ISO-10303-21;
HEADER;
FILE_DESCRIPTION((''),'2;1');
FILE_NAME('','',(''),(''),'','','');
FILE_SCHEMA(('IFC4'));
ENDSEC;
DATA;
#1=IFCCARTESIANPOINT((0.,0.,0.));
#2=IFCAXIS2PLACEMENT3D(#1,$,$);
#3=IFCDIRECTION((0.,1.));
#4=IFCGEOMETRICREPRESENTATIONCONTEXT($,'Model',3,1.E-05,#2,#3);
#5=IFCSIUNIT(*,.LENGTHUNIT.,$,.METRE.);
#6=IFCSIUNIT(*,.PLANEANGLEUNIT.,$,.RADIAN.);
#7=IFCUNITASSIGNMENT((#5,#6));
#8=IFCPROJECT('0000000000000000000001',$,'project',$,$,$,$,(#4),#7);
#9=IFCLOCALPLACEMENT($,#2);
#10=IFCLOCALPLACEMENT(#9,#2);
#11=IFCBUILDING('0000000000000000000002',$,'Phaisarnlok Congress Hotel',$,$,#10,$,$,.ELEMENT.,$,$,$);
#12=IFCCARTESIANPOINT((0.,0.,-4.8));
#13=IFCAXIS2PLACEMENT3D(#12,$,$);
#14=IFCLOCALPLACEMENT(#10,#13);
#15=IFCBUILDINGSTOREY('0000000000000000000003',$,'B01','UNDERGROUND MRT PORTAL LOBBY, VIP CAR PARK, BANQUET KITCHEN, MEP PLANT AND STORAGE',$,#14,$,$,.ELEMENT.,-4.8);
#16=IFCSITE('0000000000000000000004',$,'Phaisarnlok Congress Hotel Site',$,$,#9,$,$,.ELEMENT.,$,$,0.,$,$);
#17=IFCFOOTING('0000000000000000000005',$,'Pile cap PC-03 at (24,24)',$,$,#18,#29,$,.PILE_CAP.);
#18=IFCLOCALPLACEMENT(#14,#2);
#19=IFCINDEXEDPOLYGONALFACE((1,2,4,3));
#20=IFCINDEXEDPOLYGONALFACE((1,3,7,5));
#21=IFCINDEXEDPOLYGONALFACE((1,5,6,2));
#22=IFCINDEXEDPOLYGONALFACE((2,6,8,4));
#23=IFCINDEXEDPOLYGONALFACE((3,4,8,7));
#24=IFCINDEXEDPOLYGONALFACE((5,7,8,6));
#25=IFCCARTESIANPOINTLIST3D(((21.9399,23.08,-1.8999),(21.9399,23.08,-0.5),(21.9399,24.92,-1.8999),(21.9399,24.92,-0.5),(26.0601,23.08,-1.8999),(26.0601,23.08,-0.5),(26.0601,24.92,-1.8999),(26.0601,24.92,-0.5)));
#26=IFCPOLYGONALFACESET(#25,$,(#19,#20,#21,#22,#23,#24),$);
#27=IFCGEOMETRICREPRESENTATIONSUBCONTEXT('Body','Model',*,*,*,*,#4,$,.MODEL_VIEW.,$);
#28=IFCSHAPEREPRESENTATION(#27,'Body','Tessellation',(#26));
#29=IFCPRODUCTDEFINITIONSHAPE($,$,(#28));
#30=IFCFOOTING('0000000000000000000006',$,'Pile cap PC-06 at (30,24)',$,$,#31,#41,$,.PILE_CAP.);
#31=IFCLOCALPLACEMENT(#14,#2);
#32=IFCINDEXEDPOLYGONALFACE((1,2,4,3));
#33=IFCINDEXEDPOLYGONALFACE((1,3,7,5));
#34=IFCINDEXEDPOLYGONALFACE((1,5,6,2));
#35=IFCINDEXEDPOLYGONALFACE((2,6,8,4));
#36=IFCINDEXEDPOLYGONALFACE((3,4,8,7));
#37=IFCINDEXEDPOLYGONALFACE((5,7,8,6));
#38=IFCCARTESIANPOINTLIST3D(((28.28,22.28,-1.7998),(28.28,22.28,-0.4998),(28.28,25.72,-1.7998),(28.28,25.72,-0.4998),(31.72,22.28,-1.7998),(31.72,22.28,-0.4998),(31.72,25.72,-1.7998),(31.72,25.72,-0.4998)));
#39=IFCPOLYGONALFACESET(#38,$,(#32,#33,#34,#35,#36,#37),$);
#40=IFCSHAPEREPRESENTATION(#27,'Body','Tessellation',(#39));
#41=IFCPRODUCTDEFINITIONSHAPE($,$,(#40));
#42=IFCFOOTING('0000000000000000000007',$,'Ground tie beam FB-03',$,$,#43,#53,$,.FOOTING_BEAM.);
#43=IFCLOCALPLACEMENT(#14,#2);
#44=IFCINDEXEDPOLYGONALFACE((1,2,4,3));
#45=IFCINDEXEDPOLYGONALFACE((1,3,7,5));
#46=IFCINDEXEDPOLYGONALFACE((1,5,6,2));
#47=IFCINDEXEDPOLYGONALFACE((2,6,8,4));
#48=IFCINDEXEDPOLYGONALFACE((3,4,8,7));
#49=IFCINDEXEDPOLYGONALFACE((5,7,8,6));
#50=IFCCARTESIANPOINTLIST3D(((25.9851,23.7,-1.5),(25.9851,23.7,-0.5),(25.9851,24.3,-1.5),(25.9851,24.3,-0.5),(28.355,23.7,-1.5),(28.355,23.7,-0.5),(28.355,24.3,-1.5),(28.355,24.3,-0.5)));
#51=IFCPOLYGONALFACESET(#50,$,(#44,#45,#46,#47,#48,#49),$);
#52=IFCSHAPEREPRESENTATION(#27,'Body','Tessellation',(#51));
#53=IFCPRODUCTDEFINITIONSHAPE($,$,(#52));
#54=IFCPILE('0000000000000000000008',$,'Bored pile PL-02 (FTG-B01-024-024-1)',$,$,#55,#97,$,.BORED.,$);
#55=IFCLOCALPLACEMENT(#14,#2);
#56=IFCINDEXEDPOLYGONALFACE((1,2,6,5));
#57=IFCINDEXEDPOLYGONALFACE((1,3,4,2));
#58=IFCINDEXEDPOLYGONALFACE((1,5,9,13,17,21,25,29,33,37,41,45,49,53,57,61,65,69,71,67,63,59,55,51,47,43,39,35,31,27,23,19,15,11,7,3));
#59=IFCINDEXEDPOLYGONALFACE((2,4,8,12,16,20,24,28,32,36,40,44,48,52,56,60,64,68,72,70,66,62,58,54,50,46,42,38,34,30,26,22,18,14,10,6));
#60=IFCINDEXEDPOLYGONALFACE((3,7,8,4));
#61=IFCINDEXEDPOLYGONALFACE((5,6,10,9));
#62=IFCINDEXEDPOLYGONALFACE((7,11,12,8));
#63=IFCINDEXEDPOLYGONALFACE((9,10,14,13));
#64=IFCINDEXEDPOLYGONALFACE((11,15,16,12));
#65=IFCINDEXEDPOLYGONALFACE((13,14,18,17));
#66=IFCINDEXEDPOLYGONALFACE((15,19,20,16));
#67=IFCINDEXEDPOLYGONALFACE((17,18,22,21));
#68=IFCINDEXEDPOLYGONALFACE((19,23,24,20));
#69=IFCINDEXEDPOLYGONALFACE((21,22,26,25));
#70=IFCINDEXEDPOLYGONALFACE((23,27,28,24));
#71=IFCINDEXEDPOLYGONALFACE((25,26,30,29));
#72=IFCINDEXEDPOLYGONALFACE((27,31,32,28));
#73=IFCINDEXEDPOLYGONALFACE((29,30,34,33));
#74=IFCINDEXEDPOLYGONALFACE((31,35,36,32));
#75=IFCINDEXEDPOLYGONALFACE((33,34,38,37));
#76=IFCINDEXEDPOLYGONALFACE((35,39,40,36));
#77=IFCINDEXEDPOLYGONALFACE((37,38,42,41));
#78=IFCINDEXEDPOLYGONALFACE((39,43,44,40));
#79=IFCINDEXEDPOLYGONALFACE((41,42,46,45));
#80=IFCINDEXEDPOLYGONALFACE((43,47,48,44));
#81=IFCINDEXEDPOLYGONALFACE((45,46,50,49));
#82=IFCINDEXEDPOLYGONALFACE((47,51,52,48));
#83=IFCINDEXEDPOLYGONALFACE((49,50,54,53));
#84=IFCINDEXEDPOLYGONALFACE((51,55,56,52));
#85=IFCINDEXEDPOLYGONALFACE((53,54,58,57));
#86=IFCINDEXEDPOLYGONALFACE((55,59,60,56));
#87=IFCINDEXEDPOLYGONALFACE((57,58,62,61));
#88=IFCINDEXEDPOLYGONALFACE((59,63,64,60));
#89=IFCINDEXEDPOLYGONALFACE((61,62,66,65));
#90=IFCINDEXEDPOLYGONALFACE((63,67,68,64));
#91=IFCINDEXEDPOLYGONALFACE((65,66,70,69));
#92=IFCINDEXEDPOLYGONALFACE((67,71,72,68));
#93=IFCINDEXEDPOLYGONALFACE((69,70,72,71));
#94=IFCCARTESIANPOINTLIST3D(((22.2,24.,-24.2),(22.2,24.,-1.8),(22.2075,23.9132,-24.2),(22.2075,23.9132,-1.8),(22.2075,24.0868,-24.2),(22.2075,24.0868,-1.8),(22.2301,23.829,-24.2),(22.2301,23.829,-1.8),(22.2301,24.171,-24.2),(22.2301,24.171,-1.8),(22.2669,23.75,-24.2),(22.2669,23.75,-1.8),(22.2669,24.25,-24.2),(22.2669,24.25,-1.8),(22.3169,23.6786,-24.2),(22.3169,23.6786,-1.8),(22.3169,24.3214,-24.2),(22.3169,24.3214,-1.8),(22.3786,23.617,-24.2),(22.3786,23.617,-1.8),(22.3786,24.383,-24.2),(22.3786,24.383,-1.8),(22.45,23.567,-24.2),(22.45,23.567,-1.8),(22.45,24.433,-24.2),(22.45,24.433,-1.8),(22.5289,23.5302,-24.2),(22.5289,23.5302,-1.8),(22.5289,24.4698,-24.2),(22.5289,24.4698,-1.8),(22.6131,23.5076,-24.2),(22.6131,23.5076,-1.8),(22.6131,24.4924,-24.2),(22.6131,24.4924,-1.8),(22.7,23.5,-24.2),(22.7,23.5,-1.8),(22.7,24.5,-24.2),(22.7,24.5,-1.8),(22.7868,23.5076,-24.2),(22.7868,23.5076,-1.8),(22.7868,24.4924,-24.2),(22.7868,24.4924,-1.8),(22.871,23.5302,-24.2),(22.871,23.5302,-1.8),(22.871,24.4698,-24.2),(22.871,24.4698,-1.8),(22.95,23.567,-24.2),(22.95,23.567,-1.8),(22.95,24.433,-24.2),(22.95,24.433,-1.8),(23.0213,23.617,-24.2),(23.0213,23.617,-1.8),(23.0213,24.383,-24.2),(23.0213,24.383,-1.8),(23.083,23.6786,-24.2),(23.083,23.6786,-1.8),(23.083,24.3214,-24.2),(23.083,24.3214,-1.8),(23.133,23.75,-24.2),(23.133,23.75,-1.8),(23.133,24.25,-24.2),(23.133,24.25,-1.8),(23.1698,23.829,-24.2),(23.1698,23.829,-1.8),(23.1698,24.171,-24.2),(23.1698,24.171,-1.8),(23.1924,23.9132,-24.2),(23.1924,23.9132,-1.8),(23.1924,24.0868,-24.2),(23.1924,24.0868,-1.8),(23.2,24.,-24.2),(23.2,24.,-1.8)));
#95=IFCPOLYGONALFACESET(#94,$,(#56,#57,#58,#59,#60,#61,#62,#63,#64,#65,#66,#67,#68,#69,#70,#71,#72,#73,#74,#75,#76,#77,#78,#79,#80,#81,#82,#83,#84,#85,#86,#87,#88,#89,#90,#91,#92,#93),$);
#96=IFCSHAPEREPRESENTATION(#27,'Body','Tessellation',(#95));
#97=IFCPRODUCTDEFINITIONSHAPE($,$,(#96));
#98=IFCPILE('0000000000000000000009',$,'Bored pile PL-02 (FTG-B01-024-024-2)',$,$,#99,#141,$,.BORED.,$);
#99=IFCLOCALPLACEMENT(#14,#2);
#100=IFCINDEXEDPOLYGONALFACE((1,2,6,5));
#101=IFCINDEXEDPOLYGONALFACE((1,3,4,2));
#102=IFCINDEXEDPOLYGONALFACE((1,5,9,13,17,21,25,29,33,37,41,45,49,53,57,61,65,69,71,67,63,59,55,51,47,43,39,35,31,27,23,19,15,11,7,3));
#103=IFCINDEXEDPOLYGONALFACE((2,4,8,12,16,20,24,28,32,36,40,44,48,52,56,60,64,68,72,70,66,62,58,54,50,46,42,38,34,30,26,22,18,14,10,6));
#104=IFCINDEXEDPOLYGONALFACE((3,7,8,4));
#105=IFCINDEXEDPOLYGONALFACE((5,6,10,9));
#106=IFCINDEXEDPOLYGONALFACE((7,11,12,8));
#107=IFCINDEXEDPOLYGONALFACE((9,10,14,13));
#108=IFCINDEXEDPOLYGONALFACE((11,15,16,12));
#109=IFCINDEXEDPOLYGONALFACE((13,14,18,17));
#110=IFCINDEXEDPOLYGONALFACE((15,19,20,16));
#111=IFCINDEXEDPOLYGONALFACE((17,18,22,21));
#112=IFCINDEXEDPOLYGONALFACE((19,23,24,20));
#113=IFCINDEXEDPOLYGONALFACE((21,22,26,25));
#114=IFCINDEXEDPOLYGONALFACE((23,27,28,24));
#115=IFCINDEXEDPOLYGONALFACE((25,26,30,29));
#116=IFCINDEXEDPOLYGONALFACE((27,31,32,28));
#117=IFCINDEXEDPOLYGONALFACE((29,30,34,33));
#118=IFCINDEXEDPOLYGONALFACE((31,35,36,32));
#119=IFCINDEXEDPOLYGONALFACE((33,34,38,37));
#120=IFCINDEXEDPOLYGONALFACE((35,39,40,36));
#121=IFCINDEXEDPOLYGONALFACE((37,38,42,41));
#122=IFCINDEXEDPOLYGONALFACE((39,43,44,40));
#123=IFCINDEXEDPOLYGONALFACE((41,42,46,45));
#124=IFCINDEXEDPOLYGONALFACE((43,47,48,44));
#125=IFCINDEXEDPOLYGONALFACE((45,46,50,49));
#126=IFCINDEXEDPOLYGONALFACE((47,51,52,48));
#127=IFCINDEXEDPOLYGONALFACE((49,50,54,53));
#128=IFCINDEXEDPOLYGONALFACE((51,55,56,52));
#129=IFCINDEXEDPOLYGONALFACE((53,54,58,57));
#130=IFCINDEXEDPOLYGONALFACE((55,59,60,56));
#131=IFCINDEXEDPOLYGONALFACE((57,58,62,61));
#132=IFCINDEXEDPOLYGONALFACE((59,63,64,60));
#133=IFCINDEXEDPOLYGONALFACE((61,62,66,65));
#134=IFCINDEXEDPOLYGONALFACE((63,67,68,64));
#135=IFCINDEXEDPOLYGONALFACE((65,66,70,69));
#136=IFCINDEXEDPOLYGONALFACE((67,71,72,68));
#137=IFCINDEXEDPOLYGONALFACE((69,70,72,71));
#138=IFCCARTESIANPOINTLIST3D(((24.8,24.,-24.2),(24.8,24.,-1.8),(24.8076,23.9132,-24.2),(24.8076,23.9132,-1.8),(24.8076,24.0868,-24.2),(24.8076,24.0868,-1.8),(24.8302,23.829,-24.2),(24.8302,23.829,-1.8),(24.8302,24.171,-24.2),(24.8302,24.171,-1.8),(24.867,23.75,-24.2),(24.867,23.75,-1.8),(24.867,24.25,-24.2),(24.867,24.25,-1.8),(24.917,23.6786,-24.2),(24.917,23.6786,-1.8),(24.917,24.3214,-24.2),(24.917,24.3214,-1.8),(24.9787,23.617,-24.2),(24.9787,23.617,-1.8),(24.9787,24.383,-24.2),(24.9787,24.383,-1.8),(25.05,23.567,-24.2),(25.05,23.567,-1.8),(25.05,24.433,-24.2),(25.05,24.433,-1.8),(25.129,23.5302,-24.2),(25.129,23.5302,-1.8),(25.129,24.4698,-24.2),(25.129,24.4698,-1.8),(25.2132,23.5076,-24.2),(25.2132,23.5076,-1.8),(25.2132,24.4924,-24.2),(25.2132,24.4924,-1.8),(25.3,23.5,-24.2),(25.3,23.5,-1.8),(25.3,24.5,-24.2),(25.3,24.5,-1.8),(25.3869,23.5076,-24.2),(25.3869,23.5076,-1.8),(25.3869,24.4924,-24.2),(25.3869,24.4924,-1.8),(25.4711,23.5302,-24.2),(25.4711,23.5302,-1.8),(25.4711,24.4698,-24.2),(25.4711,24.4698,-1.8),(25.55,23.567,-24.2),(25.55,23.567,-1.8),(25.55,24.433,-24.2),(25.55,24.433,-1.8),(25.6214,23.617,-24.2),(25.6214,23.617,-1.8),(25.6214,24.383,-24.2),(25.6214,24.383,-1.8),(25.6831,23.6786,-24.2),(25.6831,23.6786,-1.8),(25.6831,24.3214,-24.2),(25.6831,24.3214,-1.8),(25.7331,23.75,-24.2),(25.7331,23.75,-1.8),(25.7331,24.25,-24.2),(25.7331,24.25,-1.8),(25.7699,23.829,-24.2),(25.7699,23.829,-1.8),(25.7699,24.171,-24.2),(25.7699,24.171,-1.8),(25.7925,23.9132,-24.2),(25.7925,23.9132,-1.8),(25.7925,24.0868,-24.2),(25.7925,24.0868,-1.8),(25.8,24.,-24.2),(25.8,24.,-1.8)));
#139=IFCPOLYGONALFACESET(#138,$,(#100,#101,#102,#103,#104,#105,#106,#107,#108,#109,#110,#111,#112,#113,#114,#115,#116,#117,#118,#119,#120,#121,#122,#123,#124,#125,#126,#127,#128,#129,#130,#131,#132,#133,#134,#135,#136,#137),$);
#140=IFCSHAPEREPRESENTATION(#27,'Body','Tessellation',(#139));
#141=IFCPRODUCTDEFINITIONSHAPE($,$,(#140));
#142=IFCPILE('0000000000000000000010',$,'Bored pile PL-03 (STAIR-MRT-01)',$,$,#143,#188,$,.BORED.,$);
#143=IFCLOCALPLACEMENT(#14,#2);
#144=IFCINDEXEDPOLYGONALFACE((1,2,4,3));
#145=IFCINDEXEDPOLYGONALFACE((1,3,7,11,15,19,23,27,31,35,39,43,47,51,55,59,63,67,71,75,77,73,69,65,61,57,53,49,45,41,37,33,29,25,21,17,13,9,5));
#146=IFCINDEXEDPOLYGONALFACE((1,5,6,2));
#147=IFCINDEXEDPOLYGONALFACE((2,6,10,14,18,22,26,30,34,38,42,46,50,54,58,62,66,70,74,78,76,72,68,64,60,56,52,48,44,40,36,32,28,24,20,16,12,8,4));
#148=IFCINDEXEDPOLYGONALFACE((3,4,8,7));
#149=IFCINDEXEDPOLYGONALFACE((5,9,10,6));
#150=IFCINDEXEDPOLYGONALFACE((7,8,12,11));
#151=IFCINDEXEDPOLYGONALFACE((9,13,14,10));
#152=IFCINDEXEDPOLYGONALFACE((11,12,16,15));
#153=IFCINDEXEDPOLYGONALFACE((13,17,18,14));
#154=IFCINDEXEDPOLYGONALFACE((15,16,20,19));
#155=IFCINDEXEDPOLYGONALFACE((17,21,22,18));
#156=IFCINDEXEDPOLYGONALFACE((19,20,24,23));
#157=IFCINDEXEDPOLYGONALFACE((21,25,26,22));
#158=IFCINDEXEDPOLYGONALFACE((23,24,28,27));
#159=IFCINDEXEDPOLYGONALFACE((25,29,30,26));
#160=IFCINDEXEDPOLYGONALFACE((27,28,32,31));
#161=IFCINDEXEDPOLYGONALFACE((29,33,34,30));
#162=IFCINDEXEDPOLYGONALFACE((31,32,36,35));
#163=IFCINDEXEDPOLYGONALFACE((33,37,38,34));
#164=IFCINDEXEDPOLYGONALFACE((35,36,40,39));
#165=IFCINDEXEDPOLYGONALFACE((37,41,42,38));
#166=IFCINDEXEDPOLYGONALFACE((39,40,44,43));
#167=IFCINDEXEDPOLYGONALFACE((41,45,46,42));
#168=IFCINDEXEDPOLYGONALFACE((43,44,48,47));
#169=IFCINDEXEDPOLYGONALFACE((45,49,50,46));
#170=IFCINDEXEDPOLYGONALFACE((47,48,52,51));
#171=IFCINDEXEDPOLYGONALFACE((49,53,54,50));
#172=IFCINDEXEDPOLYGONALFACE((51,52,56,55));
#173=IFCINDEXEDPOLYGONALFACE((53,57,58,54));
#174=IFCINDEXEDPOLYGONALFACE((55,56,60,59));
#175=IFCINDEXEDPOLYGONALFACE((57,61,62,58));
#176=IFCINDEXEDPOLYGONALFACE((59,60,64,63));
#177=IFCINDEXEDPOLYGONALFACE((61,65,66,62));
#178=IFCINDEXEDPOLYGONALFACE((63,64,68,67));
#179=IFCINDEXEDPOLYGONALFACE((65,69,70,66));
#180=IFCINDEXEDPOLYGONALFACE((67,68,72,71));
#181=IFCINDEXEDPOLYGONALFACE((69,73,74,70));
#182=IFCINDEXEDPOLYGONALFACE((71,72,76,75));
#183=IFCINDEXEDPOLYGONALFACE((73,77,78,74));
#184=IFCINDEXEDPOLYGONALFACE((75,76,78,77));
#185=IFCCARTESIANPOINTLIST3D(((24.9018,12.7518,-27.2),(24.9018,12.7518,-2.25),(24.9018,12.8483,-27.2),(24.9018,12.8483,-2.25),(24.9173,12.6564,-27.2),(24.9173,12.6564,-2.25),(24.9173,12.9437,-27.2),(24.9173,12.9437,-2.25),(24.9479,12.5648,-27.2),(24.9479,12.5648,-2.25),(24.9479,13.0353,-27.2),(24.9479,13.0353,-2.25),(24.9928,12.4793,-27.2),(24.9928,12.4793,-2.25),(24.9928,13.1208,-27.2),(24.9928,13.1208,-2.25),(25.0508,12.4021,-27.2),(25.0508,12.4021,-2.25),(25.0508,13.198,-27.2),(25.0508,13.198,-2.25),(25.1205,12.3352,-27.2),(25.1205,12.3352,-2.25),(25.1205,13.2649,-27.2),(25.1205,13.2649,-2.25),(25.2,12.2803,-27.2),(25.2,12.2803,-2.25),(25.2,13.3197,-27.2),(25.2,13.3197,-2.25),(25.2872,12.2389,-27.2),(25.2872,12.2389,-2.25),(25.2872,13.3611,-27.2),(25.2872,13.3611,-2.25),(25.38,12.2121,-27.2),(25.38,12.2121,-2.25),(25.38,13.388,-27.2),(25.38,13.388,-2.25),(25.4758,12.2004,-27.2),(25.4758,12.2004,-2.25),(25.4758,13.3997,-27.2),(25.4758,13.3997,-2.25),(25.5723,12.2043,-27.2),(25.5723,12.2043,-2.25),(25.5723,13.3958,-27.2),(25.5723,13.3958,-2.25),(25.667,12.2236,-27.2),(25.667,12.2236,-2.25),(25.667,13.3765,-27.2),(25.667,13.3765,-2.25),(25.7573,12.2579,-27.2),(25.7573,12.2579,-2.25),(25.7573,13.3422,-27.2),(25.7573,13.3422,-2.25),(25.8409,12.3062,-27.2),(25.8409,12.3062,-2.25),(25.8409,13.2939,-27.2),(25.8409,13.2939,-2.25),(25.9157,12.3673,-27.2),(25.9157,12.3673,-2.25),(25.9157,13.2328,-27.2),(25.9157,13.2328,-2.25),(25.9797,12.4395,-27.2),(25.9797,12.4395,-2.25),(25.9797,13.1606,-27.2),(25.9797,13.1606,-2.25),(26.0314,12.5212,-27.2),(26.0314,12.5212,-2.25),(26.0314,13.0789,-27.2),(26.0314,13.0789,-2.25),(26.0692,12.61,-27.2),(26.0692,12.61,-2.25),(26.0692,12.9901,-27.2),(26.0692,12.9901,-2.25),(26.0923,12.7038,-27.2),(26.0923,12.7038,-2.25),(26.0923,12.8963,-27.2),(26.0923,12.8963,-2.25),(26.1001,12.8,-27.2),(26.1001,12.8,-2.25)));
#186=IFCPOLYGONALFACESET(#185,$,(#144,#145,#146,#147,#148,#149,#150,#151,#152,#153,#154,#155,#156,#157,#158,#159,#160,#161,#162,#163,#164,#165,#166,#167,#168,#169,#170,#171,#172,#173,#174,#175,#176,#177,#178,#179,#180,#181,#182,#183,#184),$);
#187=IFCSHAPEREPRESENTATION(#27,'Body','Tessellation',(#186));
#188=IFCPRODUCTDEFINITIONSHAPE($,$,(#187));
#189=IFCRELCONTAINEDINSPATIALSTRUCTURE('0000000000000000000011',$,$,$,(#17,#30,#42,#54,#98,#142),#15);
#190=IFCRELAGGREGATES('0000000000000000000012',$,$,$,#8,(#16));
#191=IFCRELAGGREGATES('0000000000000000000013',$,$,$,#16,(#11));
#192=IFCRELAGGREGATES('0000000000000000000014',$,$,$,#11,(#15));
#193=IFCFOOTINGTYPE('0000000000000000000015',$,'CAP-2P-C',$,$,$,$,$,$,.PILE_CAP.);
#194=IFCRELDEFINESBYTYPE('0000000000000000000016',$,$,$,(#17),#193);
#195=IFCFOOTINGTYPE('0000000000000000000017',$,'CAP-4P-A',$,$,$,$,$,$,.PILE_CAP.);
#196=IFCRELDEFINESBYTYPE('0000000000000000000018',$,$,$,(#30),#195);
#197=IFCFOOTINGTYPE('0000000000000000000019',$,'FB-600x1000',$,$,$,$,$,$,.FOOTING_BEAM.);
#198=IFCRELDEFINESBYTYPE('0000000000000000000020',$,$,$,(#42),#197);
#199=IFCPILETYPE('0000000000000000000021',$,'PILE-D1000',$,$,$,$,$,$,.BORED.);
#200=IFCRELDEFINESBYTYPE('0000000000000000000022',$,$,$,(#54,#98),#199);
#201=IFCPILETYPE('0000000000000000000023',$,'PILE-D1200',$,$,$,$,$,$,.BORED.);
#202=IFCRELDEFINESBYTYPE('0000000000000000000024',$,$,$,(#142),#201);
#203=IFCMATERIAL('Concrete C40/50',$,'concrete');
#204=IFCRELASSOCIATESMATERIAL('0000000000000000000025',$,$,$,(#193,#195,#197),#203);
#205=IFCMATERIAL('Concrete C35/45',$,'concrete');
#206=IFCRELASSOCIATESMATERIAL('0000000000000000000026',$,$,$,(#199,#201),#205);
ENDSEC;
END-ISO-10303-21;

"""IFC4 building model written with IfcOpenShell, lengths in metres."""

from ifc_helpers import new_model, si_unit, direction, frame, origin, origin_2d, place, context, subcontext, project, spatial, rectangle, circle, extrude, material, material_profile, profile_set, type_object, element, save


model = new_model("IFC4")

# Units and contexts
model_context = context("Model", 3, precision=1e-05, world=origin(), true_north=direction((0.0, 1.0)))
body_context = subcontext(model_context, "Body", "Model", "MODEL_VIEW")
ifc_project = project(units=[si_unit("LENGTHUNIT", "METRE"), si_unit("PLANEANGLEUNIT", "RADIAN")], contexts=[model_context])

# Site, building, storey
site_placement = place(None, origin())
site = spatial("IfcSite", under=ifc_project, at=site_placement, Name="Phaisarnlok Congress Hotel Site", CompositionType="ELEMENT", RefElevation=0.0)
building_placement = place(site_placement, origin())
building = spatial("IfcBuilding", under=site, at=building_placement, Name="Phaisarnlok Congress Hotel", CompositionType="ELEMENT")
storey_placement = place(building_placement, frame((0.0, 0.0, -4.8)))
storey = spatial("IfcBuildingStorey", under=building, at=storey_placement, Name="B01", Description="UNDERGROUND MRT PORTAL LOBBY, VIP CAR PARK, BANQUET KITCHEN, MEP PLANT AND STORAGE", CompositionType="ELEMENT", Elevation=-4.8)

# Footings
ifc_material_1 = material(Name="Concrete C40/50", Category="concrete")
footing_type_1 = type_object("IfcFootingType", Name="CAP-2P-C", PredefinedType="PILE_CAP", material=ifc_material_1)
footing_1_placement = place(storey_placement, frame((24.0, 24.0, -1.8999), z_axis=(0.0, 0.0, 1.0), x_axis=(1.0, 0.0, 0.0)))
element("IfcFooting", 1, at=footing_1_placement, inside=storey, type_object=footing_type_1, Name="Pile cap PC-03 at (24,24)", PredefinedType="PILE_CAP", context=body_context, shape_type="SweptSolid", body=[
    extrude(rectangle(XDim=4.1201, YDim=1.8401, at=origin_2d()), origin(), (0.0, 0.0, 1.0), 1.3999),
])
footing_type_2 = type_object("IfcFootingType", Name="CAP-4P-A", PredefinedType="PILE_CAP", material=ifc_material_1)
footing_2_placement = place(storey_placement, frame((30.0, 24.0, -1.7998), z_axis=(0.0, 0.0, 1.0), x_axis=(1.0, 0.0, 0.0)))
element("IfcFooting", 2, at=footing_2_placement, inside=storey, type_object=footing_type_2, Name="Pile cap PC-06 at (30,24)", PredefinedType="PILE_CAP", context=body_context, shape_type="SweptSolid", body=[
    extrude(rectangle(XDim=3.4399, YDim=3.4399, at=origin_2d()), origin(), (0.0, 0.0, 1.0), 1.3),
])
ifc_material_profile_1 = material_profile(ifc_material_1, rectangle(XDim=0.6001, YDim=1.0, at=origin_2d()), Name="FB-600x1000")
ifc_profile_set_1 = profile_set([ifc_material_profile_1], Name="Concrete C40/50")
footing_type_3 = type_object("IfcFootingType", Name="FB-600x1000", PredefinedType="FOOTING_BEAM", material=ifc_profile_set_1)
footing_3_placement = place(storey_placement, frame((25.9851, 24.0, -1.0), z_axis=(1.0, 0.0, 0.0), x_axis=(0.0, 1.0, 0.0)))
element("IfcFooting", 3, at=footing_3_placement, inside=storey, type_object=footing_type_3, Name="Ground tie beam FB-03", PredefinedType="FOOTING_BEAM", context=body_context, shape_type="SweptSolid", body=[
    extrude(rectangle(XDim=0.6001, YDim=1.0, at=origin_2d()), origin(), (0.0, 0.0, 1.0), 2.3699),
])

# Piles
ifc_material_2 = material(Name="Concrete C35/45", Category="concrete")
ifc_material_profile_2 = material_profile(ifc_material_2, circle(Radius=0.5, at=origin_2d()), Name="BORED PILE D1000")
ifc_profile_set_2 = profile_set([ifc_material_profile_2], Name="Concrete C35/45")
pile_type_1 = type_object("IfcPileType", Name="PILE-D1000", PredefinedType="BORED", material=ifc_profile_set_2)
for number, where, z_axis, x_axis, name in (
    (4, (22.7, 24.0, -1.8), (0.0, 0.0, -1.0), (1.0, 0.0, 0.0), "Bored pile PL-02 (FTG-B01-024-024-1)"),
    (5, (25.3, 24.0, -1.8), (0.0, 0.0, -1.0), (1.0, 0.0, 0.0), "Bored pile PL-02 (FTG-B01-024-024-2)"),
):
    element("IfcPile", number, at=place(storey_placement, frame(where, z_axis=z_axis, x_axis=x_axis)), inside=storey, type_object=pile_type_1, Name=name, PredefinedType="BORED", context=body_context, shape_type="SweptSolid", body=[
        extrude(circle(Radius=0.5, at=origin_2d()), origin(), (0.0, 0.0, 1.0), 22.3999),
    ])
ifc_material_profile_3 = material_profile(ifc_material_2, circle(Radius=0.6001, at=origin_2d()), Name="BORED PILE D1200")
ifc_profile_set_3 = profile_set([ifc_material_profile_3], Name="Concrete C35/45")
pile_type_2 = type_object("IfcPileType", Name="PILE-D1200", PredefinedType="BORED", material=ifc_profile_set_3)
for number, where, z_axis, x_axis, name in (
    (6, (25.5, 12.8, -2.25), (0.0, 0.0, -1.0), (1.0, 0.0, 0.0), "Bored pile PL-03 (STAIR-MRT-01)"),
):
    element("IfcPile", number, at=place(storey_placement, frame(where, z_axis=z_axis, x_axis=x_axis)), inside=storey, type_object=pile_type_2, Name=name, PredefinedType="BORED", context=body_context, shape_type="SweptSolid", body=[
        extrude(circle(Radius=0.6001, at=origin_2d()), origin(), (0.0, 0.0, 1.0), 24.95),
    ])

save(model, "model.ifc")
